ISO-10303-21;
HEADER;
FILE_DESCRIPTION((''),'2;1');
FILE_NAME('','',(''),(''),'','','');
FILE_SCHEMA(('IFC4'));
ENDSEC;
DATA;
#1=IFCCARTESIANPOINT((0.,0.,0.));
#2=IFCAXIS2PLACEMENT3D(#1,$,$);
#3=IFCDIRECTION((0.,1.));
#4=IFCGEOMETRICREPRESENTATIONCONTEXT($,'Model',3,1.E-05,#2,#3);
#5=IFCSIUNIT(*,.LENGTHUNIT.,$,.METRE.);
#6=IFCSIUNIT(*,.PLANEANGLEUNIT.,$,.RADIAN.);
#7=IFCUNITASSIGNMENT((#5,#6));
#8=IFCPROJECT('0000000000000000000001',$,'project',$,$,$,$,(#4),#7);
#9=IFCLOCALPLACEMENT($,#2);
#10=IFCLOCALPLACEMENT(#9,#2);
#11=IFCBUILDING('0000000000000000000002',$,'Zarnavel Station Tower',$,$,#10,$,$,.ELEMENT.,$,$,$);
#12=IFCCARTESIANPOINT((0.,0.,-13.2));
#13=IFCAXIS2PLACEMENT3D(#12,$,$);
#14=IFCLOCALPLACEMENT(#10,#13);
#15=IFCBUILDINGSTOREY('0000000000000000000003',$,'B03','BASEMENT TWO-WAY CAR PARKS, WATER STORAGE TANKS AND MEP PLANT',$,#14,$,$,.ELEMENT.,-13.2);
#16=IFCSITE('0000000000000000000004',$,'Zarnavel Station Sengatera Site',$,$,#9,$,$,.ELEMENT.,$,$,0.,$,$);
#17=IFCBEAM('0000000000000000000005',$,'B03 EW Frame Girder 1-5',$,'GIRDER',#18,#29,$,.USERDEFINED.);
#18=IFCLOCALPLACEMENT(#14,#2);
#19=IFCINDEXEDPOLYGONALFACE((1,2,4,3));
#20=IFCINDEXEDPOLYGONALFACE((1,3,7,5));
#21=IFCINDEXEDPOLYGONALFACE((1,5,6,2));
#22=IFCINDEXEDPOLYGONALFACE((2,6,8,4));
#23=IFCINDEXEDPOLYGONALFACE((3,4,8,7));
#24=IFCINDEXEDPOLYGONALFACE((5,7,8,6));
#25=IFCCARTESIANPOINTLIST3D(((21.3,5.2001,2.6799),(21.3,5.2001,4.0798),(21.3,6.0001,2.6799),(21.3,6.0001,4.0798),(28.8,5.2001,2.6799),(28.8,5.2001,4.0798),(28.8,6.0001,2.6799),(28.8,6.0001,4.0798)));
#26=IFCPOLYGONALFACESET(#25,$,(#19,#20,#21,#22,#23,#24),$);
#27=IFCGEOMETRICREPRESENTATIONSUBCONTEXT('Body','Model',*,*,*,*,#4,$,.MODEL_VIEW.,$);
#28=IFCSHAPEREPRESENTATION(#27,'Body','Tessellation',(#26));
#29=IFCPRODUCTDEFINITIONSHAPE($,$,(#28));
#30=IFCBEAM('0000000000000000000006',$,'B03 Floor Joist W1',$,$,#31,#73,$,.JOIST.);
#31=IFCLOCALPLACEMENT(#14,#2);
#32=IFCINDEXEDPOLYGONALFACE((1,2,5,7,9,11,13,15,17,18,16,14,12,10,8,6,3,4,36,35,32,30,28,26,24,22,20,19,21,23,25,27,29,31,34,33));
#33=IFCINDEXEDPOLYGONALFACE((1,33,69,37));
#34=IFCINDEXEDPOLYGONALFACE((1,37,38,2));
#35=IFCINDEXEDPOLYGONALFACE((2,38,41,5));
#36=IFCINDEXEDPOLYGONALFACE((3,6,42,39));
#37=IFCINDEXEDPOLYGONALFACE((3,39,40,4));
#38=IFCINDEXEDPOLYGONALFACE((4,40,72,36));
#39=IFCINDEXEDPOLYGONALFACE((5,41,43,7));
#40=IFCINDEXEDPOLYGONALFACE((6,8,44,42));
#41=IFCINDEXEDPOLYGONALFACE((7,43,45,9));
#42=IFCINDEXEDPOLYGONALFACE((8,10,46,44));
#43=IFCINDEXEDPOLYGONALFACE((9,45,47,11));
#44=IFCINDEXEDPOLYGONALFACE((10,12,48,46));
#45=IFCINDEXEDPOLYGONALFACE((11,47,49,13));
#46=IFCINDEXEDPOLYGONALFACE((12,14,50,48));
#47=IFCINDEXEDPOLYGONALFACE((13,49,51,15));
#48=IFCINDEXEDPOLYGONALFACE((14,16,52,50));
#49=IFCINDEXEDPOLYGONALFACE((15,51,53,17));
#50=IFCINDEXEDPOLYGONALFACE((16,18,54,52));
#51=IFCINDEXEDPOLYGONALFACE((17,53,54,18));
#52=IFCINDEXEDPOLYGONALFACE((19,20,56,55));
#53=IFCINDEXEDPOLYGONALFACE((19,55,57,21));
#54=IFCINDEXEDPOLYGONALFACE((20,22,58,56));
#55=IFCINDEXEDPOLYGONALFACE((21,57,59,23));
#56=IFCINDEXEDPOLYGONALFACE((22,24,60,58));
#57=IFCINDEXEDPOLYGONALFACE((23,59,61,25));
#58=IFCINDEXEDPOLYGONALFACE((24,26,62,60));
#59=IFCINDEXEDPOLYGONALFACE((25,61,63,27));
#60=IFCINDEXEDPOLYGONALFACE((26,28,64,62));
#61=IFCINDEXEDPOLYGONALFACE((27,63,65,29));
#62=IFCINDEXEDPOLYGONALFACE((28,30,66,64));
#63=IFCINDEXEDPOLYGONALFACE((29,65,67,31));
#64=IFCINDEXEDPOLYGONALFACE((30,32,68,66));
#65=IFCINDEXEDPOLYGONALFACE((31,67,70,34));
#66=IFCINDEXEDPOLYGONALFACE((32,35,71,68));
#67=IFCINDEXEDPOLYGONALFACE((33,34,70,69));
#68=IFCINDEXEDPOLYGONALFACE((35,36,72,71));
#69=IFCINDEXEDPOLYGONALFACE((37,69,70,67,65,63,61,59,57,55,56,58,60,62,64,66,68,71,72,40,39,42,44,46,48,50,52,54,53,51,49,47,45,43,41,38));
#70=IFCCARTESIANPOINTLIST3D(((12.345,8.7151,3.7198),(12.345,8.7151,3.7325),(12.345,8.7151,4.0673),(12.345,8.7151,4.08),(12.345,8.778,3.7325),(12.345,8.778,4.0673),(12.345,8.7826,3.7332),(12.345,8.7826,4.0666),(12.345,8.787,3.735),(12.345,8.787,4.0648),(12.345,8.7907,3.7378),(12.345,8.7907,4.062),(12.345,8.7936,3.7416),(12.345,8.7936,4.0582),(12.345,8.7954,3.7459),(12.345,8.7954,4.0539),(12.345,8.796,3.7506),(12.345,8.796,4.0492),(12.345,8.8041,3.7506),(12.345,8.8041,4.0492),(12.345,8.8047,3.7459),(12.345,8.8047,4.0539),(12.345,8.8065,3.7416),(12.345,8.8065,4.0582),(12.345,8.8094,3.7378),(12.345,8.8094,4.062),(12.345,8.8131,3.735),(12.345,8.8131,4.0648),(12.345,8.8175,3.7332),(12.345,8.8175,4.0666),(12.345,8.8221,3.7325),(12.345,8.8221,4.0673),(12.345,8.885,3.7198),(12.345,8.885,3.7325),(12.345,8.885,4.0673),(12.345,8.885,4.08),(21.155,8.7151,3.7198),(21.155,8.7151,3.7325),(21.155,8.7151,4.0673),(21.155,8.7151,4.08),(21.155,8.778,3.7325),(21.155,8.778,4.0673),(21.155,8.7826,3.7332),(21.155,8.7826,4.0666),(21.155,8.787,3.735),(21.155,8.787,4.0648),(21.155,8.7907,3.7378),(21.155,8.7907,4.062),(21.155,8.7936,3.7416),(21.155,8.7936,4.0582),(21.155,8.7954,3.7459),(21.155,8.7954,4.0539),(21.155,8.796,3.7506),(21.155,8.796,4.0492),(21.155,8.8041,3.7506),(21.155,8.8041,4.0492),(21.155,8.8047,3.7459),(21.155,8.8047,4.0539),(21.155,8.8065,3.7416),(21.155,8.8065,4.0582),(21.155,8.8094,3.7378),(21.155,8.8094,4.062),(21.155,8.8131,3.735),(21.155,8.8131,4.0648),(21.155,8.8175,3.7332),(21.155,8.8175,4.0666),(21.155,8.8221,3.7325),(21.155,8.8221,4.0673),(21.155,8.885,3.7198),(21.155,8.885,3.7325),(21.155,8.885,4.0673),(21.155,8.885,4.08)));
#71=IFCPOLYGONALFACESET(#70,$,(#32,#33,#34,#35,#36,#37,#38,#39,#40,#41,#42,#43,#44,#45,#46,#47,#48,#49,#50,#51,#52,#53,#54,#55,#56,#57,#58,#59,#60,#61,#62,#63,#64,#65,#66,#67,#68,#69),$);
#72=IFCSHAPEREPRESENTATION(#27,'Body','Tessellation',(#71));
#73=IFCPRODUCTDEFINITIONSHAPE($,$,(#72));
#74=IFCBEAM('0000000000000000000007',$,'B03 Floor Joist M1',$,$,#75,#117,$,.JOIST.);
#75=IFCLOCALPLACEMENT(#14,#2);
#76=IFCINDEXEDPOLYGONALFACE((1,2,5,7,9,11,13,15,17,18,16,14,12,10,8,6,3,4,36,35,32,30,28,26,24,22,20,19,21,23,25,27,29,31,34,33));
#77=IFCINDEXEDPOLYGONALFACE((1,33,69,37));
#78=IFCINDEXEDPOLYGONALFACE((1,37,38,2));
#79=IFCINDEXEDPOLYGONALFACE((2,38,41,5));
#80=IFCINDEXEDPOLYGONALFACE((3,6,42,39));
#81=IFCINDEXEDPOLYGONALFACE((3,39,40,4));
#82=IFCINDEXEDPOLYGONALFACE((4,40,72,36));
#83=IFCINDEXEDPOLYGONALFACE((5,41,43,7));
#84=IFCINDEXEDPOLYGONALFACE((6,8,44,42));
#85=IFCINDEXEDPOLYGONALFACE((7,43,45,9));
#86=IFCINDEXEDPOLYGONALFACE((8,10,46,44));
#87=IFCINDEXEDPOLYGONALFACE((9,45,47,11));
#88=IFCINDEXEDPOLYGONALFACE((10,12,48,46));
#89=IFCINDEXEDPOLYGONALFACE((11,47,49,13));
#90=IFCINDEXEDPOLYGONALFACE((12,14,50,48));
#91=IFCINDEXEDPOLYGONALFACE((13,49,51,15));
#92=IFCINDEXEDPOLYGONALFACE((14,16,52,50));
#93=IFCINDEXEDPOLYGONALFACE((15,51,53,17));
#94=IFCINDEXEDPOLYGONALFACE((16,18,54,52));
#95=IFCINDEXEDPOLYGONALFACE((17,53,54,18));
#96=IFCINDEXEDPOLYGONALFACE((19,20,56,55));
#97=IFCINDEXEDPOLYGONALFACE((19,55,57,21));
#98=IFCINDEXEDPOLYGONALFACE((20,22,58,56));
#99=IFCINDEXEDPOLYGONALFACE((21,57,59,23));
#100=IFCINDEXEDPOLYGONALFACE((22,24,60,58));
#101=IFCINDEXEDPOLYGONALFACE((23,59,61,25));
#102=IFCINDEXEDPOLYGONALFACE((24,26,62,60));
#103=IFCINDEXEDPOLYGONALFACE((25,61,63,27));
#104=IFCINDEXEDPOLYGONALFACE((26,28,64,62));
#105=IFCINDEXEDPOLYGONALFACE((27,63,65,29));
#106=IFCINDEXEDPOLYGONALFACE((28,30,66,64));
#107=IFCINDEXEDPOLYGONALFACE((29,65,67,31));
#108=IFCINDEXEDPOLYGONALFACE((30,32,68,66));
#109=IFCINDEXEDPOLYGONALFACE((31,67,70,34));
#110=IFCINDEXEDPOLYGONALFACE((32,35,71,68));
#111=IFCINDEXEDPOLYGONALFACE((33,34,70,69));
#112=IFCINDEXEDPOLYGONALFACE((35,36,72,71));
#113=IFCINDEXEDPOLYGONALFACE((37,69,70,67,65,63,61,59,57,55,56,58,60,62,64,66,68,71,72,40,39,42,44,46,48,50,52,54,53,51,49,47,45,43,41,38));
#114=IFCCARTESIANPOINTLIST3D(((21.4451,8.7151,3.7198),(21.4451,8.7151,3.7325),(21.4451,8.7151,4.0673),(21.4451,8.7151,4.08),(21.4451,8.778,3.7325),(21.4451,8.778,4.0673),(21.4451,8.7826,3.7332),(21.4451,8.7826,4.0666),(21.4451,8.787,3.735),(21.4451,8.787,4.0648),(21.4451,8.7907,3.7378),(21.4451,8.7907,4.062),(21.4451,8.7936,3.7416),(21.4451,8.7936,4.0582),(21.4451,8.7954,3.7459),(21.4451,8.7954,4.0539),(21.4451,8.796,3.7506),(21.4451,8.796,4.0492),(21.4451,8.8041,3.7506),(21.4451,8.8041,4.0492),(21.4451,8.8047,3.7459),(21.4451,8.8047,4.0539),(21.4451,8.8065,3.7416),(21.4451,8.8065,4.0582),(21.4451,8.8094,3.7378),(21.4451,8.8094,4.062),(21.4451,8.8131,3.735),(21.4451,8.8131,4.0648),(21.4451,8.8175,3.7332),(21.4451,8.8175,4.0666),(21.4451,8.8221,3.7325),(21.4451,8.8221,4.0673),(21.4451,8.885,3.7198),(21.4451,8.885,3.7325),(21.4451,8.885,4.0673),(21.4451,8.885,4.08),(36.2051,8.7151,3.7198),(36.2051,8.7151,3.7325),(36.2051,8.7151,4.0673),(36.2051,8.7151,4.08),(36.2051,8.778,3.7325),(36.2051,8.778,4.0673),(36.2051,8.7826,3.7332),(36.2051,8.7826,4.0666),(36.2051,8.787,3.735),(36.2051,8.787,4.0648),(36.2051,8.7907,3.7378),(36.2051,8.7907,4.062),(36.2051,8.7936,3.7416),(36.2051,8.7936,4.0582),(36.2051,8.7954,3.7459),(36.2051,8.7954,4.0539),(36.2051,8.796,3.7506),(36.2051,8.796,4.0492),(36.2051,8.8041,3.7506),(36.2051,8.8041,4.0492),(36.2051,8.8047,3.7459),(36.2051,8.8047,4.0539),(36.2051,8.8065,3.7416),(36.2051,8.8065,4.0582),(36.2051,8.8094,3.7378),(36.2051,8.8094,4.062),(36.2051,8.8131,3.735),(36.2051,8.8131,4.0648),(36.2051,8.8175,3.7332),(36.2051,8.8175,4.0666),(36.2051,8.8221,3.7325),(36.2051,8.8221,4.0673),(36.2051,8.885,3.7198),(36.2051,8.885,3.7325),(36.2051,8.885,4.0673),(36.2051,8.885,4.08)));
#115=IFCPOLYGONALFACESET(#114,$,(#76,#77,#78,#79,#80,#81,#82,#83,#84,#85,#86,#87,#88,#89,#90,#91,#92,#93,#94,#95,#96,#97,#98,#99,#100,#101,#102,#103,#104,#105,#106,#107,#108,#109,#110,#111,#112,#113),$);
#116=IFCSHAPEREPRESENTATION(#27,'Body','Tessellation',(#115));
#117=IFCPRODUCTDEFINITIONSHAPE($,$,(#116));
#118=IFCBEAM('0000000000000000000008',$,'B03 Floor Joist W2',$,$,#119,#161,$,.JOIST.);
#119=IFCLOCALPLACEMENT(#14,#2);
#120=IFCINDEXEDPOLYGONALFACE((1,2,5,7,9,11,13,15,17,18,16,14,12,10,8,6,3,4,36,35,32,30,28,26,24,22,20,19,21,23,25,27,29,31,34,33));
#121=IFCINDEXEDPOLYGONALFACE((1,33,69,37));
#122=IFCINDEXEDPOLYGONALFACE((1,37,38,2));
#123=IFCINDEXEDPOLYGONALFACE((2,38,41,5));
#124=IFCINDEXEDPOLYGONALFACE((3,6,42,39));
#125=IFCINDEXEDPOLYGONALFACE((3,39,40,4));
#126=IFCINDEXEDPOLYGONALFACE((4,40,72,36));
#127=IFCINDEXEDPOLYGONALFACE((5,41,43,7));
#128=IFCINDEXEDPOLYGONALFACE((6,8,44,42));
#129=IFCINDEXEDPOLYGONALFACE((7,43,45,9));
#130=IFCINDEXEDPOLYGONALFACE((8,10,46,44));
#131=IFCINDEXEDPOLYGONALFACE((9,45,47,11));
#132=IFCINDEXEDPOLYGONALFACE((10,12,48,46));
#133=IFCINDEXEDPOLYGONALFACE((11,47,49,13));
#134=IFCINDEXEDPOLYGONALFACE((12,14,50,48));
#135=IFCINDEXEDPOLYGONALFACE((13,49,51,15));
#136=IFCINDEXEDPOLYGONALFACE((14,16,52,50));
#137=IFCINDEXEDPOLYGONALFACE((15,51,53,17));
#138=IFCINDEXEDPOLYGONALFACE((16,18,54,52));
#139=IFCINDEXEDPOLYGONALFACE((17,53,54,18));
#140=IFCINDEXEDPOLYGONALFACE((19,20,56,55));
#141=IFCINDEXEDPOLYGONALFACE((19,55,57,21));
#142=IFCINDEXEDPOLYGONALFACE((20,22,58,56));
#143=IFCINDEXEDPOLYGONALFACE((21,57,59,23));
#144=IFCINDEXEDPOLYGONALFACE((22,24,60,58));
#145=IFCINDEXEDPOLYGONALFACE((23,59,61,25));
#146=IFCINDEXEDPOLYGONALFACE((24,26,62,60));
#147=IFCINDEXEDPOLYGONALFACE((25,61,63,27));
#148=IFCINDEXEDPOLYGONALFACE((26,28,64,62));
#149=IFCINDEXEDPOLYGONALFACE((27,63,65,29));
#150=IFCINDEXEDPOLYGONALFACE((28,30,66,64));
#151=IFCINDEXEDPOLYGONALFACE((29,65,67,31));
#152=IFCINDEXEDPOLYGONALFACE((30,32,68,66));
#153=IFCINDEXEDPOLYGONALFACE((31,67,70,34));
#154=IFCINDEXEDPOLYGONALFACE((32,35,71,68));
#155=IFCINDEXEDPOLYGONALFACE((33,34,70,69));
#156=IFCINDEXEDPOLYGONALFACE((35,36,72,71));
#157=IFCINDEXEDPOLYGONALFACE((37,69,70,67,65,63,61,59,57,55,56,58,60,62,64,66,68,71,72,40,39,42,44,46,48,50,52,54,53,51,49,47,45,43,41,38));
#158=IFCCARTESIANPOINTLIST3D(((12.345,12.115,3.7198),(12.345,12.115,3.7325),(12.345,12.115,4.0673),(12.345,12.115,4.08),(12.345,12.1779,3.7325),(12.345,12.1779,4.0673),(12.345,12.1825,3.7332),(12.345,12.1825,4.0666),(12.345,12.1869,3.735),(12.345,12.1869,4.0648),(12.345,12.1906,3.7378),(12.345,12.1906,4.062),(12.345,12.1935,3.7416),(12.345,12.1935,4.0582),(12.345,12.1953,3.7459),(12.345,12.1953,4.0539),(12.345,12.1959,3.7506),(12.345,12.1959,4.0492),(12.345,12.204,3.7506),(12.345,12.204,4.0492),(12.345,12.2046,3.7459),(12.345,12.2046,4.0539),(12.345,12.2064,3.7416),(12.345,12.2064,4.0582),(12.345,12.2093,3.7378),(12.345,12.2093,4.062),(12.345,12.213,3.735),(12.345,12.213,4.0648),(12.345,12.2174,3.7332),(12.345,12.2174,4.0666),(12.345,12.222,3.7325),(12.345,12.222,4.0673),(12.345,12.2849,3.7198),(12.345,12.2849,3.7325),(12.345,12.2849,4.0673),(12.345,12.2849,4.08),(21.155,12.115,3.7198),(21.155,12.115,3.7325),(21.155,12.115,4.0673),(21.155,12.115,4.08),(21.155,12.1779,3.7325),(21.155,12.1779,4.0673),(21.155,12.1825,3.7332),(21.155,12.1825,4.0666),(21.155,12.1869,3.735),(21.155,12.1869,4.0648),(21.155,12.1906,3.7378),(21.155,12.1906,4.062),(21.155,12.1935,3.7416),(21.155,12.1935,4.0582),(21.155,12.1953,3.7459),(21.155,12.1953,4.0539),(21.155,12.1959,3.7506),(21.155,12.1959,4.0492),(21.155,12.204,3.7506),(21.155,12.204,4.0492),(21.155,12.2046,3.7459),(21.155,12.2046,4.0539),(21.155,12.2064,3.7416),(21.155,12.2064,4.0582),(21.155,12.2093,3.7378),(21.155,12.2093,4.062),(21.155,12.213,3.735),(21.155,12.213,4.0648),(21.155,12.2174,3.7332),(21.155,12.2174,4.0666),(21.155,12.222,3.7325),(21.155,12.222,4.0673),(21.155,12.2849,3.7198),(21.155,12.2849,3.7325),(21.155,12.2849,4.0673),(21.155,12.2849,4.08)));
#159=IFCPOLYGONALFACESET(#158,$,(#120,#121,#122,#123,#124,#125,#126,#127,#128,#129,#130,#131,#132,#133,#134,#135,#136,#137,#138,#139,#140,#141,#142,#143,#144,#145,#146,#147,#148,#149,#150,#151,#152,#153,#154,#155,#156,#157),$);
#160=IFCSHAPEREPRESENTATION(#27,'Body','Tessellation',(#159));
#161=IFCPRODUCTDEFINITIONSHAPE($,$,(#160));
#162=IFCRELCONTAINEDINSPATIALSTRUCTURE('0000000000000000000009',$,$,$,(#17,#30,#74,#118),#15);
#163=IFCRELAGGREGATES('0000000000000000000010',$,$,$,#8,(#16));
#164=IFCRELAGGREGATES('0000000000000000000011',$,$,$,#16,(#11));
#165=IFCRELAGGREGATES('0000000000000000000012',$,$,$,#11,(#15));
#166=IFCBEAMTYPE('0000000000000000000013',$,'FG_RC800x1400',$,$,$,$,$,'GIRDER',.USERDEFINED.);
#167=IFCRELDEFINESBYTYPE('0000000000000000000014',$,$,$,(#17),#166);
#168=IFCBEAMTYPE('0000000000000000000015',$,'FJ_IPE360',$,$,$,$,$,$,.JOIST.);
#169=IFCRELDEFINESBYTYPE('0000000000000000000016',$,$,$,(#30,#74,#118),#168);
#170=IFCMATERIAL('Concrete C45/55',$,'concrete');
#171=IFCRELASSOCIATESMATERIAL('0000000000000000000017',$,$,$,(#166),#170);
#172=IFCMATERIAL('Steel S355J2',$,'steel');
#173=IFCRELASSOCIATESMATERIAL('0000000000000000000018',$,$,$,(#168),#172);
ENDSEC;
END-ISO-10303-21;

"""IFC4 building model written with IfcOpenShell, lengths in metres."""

from ifc_helpers import new_model, si_unit, direction, frame, origin, origin_2d, place, context, subcontext, project, spatial, rectangle, i_section, extrude, material, material_profile, profile_set, type_object, element, save


model = new_model("IFC4")

# Units and contexts
model_context = context("Model", 3, precision=1e-05, world=origin(), true_north=direction((0.0, 1.0)))
body_context = subcontext(model_context, "Body", "Model", "MODEL_VIEW")
ifc_project = project(units=[si_unit("LENGTHUNIT", "METRE"), si_unit("PLANEANGLEUNIT", "RADIAN")], contexts=[model_context])

# Site, building, storey
site_placement = place(None, origin())
site = spatial("IfcSite", under=ifc_project, at=site_placement, Name="Zarnavel Station Sengatera Site", CompositionType="ELEMENT", RefElevation=0.0)
building_placement = place(site_placement, origin())
building = spatial("IfcBuilding", under=site, at=building_placement, Name="Zarnavel Station Tower", CompositionType="ELEMENT")
storey_placement = place(building_placement, frame((0.0, 0.0, -13.2)))
storey = spatial("IfcBuildingStorey", under=building, at=storey_placement, Name="B03", Description="BASEMENT TWO-WAY CAR PARKS, WATER STORAGE TANKS AND MEP PLANT", CompositionType="ELEMENT", Elevation=-13.2)

# Beams
ifc_material_1 = material(Name="Concrete C45/55", Category="concrete")
ifc_material_profile_1 = material_profile(ifc_material_1, rectangle(XDim=0.8, YDim=1.3999, at=origin_2d()), Name="RC800x1400")
ifc_profile_set_1 = profile_set([ifc_material_profile_1], Name="Concrete C45/55")
beam_type_1 = type_object("IfcBeamType", Name="FG_RC800x1400", ElementType="GIRDER", PredefinedType="USERDEFINED", material=ifc_profile_set_1)
beam_1_placement = place(storey_placement, frame((21.3, 5.6001, 3.3799), z_axis=(1.0, 0.0, 0.0), x_axis=(0.0, 1.0, 0.0)))
element("IfcBeam", 1, at=beam_1_placement, inside=storey, type_object=beam_type_1, Name="B03 EW Frame Girder 1-5", ObjectType="GIRDER", PredefinedType="USERDEFINED", context=body_context, shape_type="SweptSolid", body=[
    extrude(rectangle(XDim=0.8, YDim=1.3999, at=origin_2d()), origin(), (0.0, 0.0, 1.0), 7.5),
])
ifc_material_2 = material(Name="Steel S355J2", Category="steel")
ifc_material_profile_2 = material_profile(ifc_material_2, i_section(OverallWidth=0.1699, OverallDepth=0.3601, WebThickness=0.0081, FlangeThickness=0.0127, FilletRadius=0.0181, at=origin_2d()), Name="IPE360")
ifc_profile_set_2 = profile_set([ifc_material_profile_2], Name="Steel S355J2")
beam_type_2 = type_object("IfcBeamType", Name="FJ_IPE360", PredefinedType="JOIST", material=ifc_profile_set_2)
beam_2_placement = place(storey_placement, frame((12.345, 8.8, 3.8999), z_axis=(1.0, 0.0, 0.0), x_axis=(0.0, 1.0, 0.0)))
element("IfcBeam", 2, at=beam_2_placement, inside=storey, type_object=beam_type_2, Name="B03 Floor Joist W1", PredefinedType="JOIST", context=body_context, shape_type="SweptSolid", body=[
    extrude(i_section(OverallWidth=0.1699, OverallDepth=0.3601, WebThickness=0.0081, FlangeThickness=0.0127, FilletRadius=0.0181, at=origin_2d()), origin(), (0.0, 0.0, 1.0), 8.8101),
])
beam_3_placement = place(storey_placement, frame((21.4451, 8.8, 3.8999), z_axis=(1.0, 0.0, 0.0), x_axis=(0.0, 1.0, 0.0)))
element("IfcBeam", 3, at=beam_3_placement, inside=storey, type_object=beam_type_2, Name="B03 Floor Joist M1", PredefinedType="JOIST", context=body_context, shape_type="SweptSolid", body=[
    extrude(i_section(OverallWidth=0.1699, OverallDepth=0.3601, WebThickness=0.0081, FlangeThickness=0.0127, FilletRadius=0.0181, at=origin_2d()), origin(), (0.0, 0.0, 1.0), 14.76),
])
beam_4_placement = place(storey_placement, frame((12.345, 12.2, 3.8999), z_axis=(1.0, 0.0, 0.0), x_axis=(0.0, 1.0, 0.0)))
element("IfcBeam", 4, at=beam_4_placement, inside=storey, type_object=beam_type_2, Name="B03 Floor Joist W2", PredefinedType="JOIST", context=body_context, shape_type="SweptSolid", body=[
    extrude(i_section(OverallWidth=0.1699, OverallDepth=0.3601, WebThickness=0.0081, FlangeThickness=0.0127, FilletRadius=0.0181, at=origin_2d()), origin(), (0.0, 0.0, 1.0), 8.8101),
])

save(model, "model.ifc")
